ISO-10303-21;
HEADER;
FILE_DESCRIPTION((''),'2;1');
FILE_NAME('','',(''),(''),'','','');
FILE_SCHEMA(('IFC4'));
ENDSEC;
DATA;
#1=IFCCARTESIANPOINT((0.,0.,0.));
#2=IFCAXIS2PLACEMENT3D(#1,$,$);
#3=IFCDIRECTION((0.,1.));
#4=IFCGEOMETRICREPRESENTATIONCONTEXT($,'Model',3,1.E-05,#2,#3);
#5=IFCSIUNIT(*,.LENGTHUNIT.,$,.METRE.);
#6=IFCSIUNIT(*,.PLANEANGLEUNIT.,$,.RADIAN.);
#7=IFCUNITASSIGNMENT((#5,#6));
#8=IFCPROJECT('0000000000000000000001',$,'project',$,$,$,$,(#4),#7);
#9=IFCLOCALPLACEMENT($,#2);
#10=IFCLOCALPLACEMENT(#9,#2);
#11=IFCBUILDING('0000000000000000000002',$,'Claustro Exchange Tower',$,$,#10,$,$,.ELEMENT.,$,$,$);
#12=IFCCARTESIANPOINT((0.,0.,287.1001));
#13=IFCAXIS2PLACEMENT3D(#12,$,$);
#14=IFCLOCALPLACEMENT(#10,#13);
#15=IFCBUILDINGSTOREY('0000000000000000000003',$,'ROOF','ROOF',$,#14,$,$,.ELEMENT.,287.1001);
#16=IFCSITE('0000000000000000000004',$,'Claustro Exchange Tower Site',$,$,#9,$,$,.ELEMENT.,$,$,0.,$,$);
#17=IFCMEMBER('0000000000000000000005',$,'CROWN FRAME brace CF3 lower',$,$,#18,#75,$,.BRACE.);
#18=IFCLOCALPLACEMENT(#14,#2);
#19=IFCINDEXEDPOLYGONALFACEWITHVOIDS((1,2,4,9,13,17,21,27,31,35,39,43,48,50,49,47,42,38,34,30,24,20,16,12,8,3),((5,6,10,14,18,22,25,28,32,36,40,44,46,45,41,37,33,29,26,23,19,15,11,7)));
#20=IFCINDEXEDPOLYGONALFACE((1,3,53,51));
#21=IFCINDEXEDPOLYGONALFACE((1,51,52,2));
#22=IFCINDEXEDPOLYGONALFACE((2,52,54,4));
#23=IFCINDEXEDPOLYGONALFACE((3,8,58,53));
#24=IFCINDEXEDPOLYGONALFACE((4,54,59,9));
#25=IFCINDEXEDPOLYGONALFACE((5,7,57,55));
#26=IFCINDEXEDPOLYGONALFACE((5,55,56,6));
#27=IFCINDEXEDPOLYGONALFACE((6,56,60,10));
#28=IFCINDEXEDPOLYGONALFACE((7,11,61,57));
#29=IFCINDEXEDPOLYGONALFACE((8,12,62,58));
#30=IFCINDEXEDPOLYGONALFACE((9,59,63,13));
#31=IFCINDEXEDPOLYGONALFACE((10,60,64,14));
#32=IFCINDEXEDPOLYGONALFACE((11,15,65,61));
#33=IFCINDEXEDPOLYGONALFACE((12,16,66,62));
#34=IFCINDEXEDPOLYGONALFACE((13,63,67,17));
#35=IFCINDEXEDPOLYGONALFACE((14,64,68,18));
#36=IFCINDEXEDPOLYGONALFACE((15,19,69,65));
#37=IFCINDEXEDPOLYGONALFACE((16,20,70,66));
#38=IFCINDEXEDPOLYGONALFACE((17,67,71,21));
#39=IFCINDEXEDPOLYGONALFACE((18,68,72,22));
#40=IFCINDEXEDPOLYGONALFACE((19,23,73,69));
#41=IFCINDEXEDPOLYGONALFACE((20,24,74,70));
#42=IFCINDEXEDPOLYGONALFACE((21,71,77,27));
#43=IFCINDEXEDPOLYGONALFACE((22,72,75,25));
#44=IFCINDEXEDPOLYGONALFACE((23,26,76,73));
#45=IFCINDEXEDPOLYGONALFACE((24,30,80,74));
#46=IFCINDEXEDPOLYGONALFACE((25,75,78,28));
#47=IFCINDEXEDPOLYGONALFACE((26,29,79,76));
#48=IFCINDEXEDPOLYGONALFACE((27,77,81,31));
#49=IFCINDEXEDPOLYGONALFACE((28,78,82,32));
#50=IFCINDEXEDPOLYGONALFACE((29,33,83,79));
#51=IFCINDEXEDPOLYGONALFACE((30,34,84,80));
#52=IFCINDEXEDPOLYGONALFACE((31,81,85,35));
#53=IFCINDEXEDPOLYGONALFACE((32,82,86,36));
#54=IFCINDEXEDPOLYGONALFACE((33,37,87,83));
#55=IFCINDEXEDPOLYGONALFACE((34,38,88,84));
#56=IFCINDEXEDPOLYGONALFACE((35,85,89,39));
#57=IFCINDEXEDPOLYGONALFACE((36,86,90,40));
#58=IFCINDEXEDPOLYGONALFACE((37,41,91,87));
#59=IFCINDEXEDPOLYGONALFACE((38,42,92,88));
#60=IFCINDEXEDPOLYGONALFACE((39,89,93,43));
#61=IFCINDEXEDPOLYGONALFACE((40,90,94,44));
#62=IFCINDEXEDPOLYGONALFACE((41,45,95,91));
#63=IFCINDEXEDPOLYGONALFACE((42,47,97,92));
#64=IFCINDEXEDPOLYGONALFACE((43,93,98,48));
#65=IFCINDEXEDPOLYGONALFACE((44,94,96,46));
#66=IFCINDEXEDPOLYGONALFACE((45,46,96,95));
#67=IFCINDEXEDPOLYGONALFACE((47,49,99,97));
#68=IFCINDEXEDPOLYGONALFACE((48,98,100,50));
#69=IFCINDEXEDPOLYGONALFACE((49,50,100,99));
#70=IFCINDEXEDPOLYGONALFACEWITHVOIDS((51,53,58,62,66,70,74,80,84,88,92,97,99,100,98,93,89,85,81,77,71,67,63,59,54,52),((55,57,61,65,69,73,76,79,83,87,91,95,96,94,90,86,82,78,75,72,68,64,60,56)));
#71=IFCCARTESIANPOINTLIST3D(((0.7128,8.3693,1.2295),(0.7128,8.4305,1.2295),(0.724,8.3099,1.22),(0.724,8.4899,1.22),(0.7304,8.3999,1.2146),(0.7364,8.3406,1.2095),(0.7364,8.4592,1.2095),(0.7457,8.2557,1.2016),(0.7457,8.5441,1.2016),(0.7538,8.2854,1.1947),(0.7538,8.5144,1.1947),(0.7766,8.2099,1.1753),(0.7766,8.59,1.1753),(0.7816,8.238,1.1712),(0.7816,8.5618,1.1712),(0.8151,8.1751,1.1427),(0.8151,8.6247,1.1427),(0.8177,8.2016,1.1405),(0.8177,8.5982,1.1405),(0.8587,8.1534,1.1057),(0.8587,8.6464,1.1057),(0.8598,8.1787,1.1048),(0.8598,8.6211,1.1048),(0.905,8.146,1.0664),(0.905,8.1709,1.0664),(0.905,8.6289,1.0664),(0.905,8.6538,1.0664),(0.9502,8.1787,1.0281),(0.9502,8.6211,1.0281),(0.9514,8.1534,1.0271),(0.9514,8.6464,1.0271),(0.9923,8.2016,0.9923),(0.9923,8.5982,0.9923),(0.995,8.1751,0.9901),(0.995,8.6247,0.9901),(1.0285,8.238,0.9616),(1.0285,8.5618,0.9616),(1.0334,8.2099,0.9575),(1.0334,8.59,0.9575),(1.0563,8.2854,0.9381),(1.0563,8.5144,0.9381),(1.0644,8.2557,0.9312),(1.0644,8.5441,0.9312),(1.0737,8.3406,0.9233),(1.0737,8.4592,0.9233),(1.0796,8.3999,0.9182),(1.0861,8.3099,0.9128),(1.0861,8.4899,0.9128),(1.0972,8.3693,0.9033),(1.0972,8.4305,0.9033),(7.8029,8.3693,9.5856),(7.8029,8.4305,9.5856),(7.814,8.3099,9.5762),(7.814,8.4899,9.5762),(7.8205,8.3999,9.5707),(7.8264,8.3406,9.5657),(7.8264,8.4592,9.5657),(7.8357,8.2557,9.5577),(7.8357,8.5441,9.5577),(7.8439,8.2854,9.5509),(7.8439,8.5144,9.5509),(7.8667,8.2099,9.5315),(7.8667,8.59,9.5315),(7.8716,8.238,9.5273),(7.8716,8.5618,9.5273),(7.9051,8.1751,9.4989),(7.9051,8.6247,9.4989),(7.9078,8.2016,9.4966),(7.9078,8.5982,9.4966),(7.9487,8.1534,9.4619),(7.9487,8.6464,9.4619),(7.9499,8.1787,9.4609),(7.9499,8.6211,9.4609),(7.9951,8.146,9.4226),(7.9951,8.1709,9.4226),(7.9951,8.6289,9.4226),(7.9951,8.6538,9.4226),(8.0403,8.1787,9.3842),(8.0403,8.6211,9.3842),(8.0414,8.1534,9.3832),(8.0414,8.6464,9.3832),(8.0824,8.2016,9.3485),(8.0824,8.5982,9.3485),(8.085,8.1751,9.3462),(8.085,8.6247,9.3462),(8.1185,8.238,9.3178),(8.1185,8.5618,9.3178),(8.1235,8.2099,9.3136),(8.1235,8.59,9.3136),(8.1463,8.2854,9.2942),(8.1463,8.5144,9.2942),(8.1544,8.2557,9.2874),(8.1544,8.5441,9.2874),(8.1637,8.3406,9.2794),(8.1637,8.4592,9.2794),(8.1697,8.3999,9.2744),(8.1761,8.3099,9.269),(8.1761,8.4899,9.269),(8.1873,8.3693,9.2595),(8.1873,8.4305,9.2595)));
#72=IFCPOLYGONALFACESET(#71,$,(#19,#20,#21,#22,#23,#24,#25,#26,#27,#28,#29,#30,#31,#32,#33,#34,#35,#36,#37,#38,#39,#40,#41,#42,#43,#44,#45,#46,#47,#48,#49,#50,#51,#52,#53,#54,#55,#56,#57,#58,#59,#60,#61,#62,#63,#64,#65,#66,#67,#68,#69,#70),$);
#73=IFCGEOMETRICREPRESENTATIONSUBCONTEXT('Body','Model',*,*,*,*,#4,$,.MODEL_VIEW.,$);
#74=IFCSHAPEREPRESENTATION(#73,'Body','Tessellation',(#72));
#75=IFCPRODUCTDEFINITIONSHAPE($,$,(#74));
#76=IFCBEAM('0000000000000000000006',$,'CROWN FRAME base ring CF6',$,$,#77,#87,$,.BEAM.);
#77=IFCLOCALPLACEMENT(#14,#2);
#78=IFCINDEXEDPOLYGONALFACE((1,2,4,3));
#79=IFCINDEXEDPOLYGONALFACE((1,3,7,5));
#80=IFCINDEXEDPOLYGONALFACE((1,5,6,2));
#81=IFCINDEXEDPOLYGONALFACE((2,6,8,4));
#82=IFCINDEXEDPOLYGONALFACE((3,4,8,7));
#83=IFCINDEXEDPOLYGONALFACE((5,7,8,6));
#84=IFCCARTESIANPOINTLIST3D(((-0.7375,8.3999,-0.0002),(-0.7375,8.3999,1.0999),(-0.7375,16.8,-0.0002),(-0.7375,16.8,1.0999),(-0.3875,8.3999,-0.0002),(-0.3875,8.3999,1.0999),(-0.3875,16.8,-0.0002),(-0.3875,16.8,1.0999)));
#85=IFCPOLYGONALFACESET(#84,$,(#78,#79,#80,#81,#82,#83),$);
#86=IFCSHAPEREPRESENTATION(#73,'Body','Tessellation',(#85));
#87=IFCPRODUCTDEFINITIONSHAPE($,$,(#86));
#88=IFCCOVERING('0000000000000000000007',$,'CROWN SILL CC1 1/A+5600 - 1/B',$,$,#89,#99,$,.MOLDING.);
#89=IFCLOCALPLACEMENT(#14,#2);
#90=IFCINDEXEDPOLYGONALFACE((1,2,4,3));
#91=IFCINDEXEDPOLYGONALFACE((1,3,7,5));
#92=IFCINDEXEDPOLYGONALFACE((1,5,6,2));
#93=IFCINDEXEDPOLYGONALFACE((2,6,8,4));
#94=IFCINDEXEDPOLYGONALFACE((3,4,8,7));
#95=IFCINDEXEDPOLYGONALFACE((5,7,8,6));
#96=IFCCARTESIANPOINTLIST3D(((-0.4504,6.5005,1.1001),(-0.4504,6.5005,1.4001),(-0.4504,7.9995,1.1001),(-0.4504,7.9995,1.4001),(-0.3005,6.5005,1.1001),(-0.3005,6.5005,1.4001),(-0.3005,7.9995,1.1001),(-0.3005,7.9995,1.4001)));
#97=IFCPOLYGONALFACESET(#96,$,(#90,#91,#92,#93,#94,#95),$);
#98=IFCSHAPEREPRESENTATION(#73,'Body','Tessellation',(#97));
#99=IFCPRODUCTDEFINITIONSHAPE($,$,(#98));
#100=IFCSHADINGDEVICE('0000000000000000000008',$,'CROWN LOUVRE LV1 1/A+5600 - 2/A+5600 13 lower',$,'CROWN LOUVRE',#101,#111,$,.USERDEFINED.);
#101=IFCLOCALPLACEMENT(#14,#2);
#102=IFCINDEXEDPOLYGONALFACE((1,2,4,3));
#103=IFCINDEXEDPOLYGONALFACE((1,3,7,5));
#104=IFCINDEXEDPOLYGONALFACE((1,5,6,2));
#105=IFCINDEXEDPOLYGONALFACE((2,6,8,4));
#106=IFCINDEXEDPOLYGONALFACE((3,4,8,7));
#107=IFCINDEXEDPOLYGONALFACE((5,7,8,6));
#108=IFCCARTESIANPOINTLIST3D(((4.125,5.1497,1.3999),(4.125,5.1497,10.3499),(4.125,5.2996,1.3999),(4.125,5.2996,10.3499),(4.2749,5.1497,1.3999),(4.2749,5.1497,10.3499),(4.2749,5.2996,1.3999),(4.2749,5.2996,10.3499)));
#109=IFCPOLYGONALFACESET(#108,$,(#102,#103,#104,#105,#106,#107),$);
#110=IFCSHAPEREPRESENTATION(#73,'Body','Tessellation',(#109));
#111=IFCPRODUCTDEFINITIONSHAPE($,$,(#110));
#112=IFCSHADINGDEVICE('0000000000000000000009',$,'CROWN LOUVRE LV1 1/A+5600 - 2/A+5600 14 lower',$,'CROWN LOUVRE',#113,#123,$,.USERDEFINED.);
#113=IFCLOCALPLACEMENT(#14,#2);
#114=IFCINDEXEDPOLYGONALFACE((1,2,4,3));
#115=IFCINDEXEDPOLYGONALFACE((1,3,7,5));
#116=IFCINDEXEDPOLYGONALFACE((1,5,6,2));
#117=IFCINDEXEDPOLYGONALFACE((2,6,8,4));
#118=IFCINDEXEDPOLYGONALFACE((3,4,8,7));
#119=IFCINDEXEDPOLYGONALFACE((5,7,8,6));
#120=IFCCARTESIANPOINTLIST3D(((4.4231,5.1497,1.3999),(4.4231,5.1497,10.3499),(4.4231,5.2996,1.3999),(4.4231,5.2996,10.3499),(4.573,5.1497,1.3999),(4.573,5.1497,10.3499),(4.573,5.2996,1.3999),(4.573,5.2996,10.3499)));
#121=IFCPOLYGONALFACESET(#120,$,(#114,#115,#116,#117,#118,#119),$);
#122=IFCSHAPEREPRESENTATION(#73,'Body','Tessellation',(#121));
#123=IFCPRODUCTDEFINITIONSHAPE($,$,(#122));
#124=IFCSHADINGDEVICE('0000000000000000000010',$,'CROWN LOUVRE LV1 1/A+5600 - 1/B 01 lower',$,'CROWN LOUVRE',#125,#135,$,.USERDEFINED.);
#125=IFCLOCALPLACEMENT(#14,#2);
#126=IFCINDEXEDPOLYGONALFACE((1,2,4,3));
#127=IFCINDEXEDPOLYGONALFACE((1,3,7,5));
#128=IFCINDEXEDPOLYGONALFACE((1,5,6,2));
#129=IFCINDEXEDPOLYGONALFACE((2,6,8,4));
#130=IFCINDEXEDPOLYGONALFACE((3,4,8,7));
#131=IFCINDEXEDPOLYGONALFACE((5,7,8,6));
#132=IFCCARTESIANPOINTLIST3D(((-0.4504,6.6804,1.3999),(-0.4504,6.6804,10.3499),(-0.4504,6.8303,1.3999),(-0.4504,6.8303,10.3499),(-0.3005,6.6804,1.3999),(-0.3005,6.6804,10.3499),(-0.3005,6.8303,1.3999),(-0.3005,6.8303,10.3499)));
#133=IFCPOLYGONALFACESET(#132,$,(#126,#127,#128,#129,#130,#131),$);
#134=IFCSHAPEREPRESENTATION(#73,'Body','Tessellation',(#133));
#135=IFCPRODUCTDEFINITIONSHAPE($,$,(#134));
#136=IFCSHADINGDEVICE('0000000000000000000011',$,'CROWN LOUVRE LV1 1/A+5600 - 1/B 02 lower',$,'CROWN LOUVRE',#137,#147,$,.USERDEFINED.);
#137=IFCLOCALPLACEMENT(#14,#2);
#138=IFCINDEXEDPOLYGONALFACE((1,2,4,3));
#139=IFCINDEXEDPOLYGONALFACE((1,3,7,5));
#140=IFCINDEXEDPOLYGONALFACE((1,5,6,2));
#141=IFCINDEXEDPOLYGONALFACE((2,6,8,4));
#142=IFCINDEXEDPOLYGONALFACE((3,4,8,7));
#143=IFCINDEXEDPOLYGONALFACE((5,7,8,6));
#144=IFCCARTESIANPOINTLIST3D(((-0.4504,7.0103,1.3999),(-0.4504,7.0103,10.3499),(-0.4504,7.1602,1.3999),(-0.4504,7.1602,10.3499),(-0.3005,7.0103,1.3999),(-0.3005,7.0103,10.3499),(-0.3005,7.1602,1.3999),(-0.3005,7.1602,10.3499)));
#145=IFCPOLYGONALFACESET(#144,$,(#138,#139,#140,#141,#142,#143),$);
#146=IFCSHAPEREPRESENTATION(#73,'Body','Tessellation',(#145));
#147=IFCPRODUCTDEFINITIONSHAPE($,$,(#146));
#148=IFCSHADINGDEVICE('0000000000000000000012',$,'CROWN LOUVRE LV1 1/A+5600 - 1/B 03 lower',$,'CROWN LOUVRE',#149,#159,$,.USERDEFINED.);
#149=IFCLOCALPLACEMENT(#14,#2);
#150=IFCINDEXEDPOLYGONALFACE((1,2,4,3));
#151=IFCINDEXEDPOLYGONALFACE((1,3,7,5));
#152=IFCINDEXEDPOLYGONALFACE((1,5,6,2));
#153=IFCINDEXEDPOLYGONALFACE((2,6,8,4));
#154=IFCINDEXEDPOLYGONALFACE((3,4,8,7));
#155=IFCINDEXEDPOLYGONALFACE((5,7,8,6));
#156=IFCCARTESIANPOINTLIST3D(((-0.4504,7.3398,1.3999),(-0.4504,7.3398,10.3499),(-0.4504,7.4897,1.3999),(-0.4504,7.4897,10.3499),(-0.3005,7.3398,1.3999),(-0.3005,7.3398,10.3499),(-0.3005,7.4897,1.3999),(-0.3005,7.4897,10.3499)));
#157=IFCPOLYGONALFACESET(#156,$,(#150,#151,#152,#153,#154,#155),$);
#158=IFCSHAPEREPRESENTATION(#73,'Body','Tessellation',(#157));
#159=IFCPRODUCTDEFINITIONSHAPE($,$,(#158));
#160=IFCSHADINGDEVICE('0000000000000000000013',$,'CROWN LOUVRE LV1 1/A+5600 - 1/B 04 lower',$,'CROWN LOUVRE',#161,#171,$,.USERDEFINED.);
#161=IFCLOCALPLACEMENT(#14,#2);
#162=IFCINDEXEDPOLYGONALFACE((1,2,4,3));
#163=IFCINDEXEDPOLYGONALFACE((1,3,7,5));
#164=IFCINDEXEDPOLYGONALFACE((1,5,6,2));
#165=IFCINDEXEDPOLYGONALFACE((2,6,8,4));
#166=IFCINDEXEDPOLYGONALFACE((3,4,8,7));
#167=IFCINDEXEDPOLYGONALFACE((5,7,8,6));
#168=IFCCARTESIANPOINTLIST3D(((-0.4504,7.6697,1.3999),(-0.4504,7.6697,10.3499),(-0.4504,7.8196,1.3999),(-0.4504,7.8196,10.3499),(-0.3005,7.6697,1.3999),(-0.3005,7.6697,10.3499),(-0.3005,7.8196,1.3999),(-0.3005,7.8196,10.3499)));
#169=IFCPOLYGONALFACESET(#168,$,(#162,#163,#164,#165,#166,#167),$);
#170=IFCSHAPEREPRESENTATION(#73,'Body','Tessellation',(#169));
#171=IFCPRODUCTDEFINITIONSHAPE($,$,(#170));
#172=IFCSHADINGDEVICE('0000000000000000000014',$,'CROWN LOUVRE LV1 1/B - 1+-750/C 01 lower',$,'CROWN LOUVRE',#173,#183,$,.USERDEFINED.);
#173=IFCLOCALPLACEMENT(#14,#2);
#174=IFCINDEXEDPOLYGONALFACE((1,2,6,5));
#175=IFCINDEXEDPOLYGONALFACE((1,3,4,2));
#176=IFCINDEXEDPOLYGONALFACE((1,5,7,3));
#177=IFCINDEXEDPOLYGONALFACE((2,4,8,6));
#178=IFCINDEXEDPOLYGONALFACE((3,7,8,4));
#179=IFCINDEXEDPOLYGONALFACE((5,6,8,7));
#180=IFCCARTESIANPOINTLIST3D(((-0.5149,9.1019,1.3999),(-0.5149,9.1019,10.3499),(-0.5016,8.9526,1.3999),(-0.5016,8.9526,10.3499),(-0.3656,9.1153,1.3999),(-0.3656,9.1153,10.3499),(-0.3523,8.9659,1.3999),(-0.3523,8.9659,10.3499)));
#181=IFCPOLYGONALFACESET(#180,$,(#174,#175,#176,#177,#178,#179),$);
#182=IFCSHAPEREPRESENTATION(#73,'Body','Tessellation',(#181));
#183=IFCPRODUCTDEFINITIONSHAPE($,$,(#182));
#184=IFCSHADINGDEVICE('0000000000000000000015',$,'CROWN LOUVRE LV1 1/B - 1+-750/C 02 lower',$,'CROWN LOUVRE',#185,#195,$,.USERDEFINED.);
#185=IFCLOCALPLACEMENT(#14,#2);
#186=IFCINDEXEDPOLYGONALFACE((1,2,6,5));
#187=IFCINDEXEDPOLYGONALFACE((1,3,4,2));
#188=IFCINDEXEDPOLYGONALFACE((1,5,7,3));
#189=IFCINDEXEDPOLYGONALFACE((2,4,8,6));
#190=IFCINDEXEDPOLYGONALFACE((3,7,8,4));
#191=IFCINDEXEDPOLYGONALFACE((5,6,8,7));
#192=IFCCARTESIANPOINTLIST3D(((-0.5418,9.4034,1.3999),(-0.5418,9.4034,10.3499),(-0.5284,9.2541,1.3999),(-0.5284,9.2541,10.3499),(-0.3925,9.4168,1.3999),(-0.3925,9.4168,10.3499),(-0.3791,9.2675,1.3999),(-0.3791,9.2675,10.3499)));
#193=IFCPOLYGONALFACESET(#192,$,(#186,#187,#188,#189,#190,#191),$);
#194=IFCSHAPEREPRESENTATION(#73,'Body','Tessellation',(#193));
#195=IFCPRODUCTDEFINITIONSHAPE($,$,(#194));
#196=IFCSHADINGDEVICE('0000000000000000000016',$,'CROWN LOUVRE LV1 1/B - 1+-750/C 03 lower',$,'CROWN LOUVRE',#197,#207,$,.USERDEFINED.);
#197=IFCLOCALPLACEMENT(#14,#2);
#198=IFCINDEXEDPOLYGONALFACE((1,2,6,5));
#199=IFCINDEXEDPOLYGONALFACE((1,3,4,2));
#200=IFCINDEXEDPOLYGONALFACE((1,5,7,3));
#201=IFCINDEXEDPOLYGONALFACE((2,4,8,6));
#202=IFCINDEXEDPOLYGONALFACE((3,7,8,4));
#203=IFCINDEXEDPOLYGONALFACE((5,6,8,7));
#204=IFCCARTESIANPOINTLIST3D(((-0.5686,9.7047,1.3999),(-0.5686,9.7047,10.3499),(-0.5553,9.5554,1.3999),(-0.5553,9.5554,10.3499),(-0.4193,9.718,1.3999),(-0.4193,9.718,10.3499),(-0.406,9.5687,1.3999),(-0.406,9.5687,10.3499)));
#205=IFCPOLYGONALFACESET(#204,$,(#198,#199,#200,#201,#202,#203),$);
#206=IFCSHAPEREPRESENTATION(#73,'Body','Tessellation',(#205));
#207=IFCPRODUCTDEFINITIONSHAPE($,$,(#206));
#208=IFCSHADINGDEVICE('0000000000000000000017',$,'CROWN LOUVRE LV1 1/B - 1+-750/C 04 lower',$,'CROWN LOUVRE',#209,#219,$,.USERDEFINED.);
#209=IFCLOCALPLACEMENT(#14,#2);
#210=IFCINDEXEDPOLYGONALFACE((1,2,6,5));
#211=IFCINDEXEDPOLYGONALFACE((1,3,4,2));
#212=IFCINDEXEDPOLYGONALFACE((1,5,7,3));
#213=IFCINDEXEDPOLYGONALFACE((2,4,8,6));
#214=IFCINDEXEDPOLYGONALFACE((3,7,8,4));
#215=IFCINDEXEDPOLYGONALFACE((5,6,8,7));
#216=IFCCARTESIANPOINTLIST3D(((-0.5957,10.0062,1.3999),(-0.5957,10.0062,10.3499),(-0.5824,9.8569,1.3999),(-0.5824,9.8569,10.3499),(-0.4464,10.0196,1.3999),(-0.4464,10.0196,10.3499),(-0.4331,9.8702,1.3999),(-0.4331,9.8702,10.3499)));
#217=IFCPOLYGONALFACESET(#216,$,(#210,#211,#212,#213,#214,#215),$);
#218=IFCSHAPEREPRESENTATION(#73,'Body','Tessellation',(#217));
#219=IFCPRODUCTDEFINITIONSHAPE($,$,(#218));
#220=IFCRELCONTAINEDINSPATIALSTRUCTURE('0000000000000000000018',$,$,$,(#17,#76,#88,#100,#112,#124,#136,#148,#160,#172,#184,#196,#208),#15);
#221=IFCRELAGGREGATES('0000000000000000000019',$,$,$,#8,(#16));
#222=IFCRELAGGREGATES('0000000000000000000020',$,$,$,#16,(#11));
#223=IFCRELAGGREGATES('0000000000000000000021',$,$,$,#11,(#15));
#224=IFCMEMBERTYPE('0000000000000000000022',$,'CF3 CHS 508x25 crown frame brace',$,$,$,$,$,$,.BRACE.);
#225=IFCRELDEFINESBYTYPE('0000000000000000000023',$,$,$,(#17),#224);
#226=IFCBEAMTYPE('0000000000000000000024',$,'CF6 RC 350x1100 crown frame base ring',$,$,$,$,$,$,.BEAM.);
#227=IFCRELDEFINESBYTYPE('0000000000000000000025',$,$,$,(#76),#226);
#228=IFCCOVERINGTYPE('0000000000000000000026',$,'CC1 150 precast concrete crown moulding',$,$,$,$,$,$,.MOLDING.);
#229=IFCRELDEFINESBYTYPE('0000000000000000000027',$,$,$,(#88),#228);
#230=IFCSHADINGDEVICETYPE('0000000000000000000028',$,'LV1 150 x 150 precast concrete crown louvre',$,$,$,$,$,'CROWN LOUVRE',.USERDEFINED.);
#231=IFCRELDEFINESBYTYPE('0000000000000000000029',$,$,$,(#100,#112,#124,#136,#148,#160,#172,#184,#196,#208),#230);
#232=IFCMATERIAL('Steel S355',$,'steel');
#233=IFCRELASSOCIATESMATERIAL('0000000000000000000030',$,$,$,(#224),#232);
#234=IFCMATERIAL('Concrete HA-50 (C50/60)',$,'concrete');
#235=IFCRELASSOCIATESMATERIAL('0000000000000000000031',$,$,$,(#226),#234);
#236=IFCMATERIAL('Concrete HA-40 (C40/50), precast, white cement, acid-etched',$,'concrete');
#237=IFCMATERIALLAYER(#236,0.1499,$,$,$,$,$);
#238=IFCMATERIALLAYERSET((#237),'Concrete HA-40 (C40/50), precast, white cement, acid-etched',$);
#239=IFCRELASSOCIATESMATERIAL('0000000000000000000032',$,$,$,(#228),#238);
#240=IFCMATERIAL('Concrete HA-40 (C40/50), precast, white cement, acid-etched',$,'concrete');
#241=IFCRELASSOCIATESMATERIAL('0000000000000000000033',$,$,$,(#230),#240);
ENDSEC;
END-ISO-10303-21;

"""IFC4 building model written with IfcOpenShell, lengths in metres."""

from ifc_helpers import new_model, si_unit, direction, frame, origin, origin_2d, place, context, subcontext, project, spatial, rectangle, hollow_circle, extrude, material, layer, layer_set, material_profile, profile_set, type_object, element, save


model = new_model("IFC4")

# Units and contexts
model_context = context("Model", 3, precision=1e-05, world=origin(), true_north=direction((0.0, 1.0)))
body_context = subcontext(model_context, "Body", "Model", "MODEL_VIEW")
ifc_project = project(units=[si_unit("LENGTHUNIT", "METRE"), si_unit("PLANEANGLEUNIT", "RADIAN")], contexts=[model_context])

# Site, building, storey
site_placement = place(None, origin())
site = spatial("IfcSite", under=ifc_project, at=site_placement, Name="Claustro Exchange Tower Site", CompositionType="ELEMENT", RefElevation=0.0)
building_placement = place(site_placement, origin())
building = spatial("IfcBuilding", under=site, at=building_placement, Name="Claustro Exchange Tower", CompositionType="ELEMENT")
storey_placement = place(building_placement, frame((0.0, 0.0, 287.1001)))
storey = spatial("IfcBuildingStorey", under=building, at=storey_placement, Name="ROOF", Description="ROOF", CompositionType="ELEMENT", Elevation=287.1001)

# Member
ifc_material_1 = material(Name="Steel S355", Category="steel")
ifc_material_profile_1 = material_profile(ifc_material_1, hollow_circle(Radius=0.2539, WallThickness=0.0249, at=origin_2d()), Name="CHS 508x25")
ifc_profile_set_1 = profile_set([ifc_material_profile_1], Name="Steel S355")
member_type = type_object("IfcMemberType", Name="CF3 CHS 508x25 crown frame brace", PredefinedType="BRACE", material=ifc_profile_set_1)
member_1_placement = place(storey_placement, frame((0.905, 8.3999, 1.0664), z_axis=(0.646976, 0.0, 0.76251), x_axis=(0.0, 1.0, 0.0)))
element("IfcMember", 1, at=member_1_placement, inside=storey, type_object=member_type, Name="CROWN FRAME brace CF3 lower", PredefinedType="BRACE", context=body_context, shape_type="SweptSolid", body=[
    extrude(hollow_circle(Radius=0.2539, WallThickness=0.0249, at=origin_2d()), origin(), (0.0, 0.0, 1.0), 10.9587),
])

# Beam
ifc_material_2 = material(Name="Concrete HA-50 (C50/60)", Category="concrete")
ifc_material_profile_2 = material_profile(ifc_material_2, rectangle(XDim=0.3501, YDim=1.1001, at=origin_2d()), Name="RC 350x1100")
ifc_profile_set_2 = profile_set([ifc_material_profile_2], Name="Concrete HA-50 (C50/60)")
beam_type = type_object("IfcBeamType", Name="CF6 RC 350x1100 crown frame base ring", PredefinedType="BEAM", material=ifc_profile_set_2)
beam_placement = place(storey_placement, frame((-0.5625, 8.3999, 0.5498), z_axis=(0.0, 1.0, 0.0), x_axis=(-1.0, 0.0, 0.0)))
element("IfcBeam", 2, at=beam_placement, inside=storey, type_object=beam_type, Name="CROWN FRAME base ring CF6", PredefinedType="BEAM", context=body_context, shape_type="SweptSolid", body=[
    extrude(rectangle(XDim=0.3501, YDim=1.1001, at=origin_2d()), origin(), (0.0, 0.0, 1.0), 8.4001),
])

# Covering
ifc_material_3 = material(Name="Concrete HA-40 (C40/50), precast, white cement, acid-etched", Category="concrete")
ifc_layer_1 = layer(ifc_material_3, 0.1499)
ifc_layer_set_1 = layer_set([ifc_layer_1], Name="Concrete HA-40 (C40/50), precast, white cement, acid-etched")
covering_type = type_object("IfcCoveringType", Name="CC1 150 precast concrete crown moulding", PredefinedType="MOLDING", material=ifc_layer_set_1)
covering_placement = place(storey_placement, frame((-0.3755, 7.25, 1.1001), z_axis=(0.0, 0.0, 1.0), x_axis=(0.0, 1.0, 0.0)))
element("IfcCovering", 3, at=covering_placement, inside=storey, type_object=covering_type, Name="CROWN SILL CC1 1/A+5600 - 1/B", PredefinedType="MOLDING", context=body_context, shape_type="SweptSolid", body=[
    extrude(rectangle(XDim=1.499, YDim=0.1499, at=origin_2d()), origin(), (0.0, 0.0, 1.0), 0.3),
])

# Shading devices
ifc_material_4 = material(Name="Concrete HA-40 (C40/50), precast, white cement, acid-etched", Category="concrete")
shading_device_type = type_object("IfcShadingDeviceType", Name="LV1 150 x 150 precast concrete crown louvre", ElementType="CROWN LOUVRE", PredefinedType="USERDEFINED", material=ifc_material_4)
for number, where, z_axis, x_axis, name in (
    (4, (4.2, 5.2246, 1.3999), (0.0, 0.0, 1.0), (1.0, 0.0, 0.0), "CROWN LOUVRE LV1 1/A+5600 - 2/A+5600 13 lower"),
    (5, (4.498, 5.2246, 1.3999), (0.0, 0.0, 1.0), (1.0, 0.0, 0.0), "CROWN LOUVRE LV1 1/A+5600 - 2/A+5600 14 lower"),
    (6, (-0.3755, 6.7554, 1.3999), (0.0, 0.0, 1.0), (0.0, 1.0, 0.0), "CROWN LOUVRE LV1 1/A+5600 - 1/B 01 lower"),
    (7, (-0.3755, 7.0852, 1.3999), (0.0, 0.0, 1.0), (0.0, 1.0, 0.0), "CROWN LOUVRE LV1 1/A+5600 - 1/B 02 lower"),
    (8, (-0.3755, 7.4148, 1.3999), (0.0, 0.0, 1.0), (0.0, 1.0, 0.0), "CROWN LOUVRE LV1 1/A+5600 - 1/B 03 lower"),
    (9, (-0.3755, 7.7446, 1.3999), (0.0, 0.0, 1.0), (0.0, 1.0, 0.0), "CROWN LOUVRE LV1 1/A+5600 - 1/B 04 lower"),
    (10, (-0.4336, 9.0339, 1.3999), (0.0, 0.0, 1.0), (-0.088933, 0.996038, 0.0), "CROWN LOUVRE LV1 1/B - 1+-750/C 01 lower"),
    (11, (-0.4604, 9.3354, 1.3999), (0.0, 0.0, 1.0), (-0.088933, 0.996038, 0.0), "CROWN LOUVRE LV1 1/B - 1+-750/C 02 lower"),
    (12, (-0.4873, 9.6367, 1.3999), (0.0, 0.0, 1.0), (-0.088933, 0.996038, 0.0), "CROWN LOUVRE LV1 1/B - 1+-750/C 03 lower"),
    (13, (-0.5144, 9.9382, 1.3999), (0.0, 0.0, 1.0), (-0.088933, 0.996038, 0.0), "CROWN LOUVRE LV1 1/B - 1+-750/C 04 lower"),
):
    element("IfcShadingDevice", number, at=place(storey_placement, frame(where, z_axis=z_axis, x_axis=x_axis)), inside=storey, type_object=shading_device_type, Name=name, ObjectType="CROWN LOUVRE", PredefinedType="USERDEFINED", context=body_context, shape_type="SweptSolid", body=[
        extrude(rectangle(XDim=0.1499, YDim=0.1499, at=origin_2d()), origin(), (0.0, 0.0, 1.0), 8.95),
    ])

save(model, "model.ifc")
